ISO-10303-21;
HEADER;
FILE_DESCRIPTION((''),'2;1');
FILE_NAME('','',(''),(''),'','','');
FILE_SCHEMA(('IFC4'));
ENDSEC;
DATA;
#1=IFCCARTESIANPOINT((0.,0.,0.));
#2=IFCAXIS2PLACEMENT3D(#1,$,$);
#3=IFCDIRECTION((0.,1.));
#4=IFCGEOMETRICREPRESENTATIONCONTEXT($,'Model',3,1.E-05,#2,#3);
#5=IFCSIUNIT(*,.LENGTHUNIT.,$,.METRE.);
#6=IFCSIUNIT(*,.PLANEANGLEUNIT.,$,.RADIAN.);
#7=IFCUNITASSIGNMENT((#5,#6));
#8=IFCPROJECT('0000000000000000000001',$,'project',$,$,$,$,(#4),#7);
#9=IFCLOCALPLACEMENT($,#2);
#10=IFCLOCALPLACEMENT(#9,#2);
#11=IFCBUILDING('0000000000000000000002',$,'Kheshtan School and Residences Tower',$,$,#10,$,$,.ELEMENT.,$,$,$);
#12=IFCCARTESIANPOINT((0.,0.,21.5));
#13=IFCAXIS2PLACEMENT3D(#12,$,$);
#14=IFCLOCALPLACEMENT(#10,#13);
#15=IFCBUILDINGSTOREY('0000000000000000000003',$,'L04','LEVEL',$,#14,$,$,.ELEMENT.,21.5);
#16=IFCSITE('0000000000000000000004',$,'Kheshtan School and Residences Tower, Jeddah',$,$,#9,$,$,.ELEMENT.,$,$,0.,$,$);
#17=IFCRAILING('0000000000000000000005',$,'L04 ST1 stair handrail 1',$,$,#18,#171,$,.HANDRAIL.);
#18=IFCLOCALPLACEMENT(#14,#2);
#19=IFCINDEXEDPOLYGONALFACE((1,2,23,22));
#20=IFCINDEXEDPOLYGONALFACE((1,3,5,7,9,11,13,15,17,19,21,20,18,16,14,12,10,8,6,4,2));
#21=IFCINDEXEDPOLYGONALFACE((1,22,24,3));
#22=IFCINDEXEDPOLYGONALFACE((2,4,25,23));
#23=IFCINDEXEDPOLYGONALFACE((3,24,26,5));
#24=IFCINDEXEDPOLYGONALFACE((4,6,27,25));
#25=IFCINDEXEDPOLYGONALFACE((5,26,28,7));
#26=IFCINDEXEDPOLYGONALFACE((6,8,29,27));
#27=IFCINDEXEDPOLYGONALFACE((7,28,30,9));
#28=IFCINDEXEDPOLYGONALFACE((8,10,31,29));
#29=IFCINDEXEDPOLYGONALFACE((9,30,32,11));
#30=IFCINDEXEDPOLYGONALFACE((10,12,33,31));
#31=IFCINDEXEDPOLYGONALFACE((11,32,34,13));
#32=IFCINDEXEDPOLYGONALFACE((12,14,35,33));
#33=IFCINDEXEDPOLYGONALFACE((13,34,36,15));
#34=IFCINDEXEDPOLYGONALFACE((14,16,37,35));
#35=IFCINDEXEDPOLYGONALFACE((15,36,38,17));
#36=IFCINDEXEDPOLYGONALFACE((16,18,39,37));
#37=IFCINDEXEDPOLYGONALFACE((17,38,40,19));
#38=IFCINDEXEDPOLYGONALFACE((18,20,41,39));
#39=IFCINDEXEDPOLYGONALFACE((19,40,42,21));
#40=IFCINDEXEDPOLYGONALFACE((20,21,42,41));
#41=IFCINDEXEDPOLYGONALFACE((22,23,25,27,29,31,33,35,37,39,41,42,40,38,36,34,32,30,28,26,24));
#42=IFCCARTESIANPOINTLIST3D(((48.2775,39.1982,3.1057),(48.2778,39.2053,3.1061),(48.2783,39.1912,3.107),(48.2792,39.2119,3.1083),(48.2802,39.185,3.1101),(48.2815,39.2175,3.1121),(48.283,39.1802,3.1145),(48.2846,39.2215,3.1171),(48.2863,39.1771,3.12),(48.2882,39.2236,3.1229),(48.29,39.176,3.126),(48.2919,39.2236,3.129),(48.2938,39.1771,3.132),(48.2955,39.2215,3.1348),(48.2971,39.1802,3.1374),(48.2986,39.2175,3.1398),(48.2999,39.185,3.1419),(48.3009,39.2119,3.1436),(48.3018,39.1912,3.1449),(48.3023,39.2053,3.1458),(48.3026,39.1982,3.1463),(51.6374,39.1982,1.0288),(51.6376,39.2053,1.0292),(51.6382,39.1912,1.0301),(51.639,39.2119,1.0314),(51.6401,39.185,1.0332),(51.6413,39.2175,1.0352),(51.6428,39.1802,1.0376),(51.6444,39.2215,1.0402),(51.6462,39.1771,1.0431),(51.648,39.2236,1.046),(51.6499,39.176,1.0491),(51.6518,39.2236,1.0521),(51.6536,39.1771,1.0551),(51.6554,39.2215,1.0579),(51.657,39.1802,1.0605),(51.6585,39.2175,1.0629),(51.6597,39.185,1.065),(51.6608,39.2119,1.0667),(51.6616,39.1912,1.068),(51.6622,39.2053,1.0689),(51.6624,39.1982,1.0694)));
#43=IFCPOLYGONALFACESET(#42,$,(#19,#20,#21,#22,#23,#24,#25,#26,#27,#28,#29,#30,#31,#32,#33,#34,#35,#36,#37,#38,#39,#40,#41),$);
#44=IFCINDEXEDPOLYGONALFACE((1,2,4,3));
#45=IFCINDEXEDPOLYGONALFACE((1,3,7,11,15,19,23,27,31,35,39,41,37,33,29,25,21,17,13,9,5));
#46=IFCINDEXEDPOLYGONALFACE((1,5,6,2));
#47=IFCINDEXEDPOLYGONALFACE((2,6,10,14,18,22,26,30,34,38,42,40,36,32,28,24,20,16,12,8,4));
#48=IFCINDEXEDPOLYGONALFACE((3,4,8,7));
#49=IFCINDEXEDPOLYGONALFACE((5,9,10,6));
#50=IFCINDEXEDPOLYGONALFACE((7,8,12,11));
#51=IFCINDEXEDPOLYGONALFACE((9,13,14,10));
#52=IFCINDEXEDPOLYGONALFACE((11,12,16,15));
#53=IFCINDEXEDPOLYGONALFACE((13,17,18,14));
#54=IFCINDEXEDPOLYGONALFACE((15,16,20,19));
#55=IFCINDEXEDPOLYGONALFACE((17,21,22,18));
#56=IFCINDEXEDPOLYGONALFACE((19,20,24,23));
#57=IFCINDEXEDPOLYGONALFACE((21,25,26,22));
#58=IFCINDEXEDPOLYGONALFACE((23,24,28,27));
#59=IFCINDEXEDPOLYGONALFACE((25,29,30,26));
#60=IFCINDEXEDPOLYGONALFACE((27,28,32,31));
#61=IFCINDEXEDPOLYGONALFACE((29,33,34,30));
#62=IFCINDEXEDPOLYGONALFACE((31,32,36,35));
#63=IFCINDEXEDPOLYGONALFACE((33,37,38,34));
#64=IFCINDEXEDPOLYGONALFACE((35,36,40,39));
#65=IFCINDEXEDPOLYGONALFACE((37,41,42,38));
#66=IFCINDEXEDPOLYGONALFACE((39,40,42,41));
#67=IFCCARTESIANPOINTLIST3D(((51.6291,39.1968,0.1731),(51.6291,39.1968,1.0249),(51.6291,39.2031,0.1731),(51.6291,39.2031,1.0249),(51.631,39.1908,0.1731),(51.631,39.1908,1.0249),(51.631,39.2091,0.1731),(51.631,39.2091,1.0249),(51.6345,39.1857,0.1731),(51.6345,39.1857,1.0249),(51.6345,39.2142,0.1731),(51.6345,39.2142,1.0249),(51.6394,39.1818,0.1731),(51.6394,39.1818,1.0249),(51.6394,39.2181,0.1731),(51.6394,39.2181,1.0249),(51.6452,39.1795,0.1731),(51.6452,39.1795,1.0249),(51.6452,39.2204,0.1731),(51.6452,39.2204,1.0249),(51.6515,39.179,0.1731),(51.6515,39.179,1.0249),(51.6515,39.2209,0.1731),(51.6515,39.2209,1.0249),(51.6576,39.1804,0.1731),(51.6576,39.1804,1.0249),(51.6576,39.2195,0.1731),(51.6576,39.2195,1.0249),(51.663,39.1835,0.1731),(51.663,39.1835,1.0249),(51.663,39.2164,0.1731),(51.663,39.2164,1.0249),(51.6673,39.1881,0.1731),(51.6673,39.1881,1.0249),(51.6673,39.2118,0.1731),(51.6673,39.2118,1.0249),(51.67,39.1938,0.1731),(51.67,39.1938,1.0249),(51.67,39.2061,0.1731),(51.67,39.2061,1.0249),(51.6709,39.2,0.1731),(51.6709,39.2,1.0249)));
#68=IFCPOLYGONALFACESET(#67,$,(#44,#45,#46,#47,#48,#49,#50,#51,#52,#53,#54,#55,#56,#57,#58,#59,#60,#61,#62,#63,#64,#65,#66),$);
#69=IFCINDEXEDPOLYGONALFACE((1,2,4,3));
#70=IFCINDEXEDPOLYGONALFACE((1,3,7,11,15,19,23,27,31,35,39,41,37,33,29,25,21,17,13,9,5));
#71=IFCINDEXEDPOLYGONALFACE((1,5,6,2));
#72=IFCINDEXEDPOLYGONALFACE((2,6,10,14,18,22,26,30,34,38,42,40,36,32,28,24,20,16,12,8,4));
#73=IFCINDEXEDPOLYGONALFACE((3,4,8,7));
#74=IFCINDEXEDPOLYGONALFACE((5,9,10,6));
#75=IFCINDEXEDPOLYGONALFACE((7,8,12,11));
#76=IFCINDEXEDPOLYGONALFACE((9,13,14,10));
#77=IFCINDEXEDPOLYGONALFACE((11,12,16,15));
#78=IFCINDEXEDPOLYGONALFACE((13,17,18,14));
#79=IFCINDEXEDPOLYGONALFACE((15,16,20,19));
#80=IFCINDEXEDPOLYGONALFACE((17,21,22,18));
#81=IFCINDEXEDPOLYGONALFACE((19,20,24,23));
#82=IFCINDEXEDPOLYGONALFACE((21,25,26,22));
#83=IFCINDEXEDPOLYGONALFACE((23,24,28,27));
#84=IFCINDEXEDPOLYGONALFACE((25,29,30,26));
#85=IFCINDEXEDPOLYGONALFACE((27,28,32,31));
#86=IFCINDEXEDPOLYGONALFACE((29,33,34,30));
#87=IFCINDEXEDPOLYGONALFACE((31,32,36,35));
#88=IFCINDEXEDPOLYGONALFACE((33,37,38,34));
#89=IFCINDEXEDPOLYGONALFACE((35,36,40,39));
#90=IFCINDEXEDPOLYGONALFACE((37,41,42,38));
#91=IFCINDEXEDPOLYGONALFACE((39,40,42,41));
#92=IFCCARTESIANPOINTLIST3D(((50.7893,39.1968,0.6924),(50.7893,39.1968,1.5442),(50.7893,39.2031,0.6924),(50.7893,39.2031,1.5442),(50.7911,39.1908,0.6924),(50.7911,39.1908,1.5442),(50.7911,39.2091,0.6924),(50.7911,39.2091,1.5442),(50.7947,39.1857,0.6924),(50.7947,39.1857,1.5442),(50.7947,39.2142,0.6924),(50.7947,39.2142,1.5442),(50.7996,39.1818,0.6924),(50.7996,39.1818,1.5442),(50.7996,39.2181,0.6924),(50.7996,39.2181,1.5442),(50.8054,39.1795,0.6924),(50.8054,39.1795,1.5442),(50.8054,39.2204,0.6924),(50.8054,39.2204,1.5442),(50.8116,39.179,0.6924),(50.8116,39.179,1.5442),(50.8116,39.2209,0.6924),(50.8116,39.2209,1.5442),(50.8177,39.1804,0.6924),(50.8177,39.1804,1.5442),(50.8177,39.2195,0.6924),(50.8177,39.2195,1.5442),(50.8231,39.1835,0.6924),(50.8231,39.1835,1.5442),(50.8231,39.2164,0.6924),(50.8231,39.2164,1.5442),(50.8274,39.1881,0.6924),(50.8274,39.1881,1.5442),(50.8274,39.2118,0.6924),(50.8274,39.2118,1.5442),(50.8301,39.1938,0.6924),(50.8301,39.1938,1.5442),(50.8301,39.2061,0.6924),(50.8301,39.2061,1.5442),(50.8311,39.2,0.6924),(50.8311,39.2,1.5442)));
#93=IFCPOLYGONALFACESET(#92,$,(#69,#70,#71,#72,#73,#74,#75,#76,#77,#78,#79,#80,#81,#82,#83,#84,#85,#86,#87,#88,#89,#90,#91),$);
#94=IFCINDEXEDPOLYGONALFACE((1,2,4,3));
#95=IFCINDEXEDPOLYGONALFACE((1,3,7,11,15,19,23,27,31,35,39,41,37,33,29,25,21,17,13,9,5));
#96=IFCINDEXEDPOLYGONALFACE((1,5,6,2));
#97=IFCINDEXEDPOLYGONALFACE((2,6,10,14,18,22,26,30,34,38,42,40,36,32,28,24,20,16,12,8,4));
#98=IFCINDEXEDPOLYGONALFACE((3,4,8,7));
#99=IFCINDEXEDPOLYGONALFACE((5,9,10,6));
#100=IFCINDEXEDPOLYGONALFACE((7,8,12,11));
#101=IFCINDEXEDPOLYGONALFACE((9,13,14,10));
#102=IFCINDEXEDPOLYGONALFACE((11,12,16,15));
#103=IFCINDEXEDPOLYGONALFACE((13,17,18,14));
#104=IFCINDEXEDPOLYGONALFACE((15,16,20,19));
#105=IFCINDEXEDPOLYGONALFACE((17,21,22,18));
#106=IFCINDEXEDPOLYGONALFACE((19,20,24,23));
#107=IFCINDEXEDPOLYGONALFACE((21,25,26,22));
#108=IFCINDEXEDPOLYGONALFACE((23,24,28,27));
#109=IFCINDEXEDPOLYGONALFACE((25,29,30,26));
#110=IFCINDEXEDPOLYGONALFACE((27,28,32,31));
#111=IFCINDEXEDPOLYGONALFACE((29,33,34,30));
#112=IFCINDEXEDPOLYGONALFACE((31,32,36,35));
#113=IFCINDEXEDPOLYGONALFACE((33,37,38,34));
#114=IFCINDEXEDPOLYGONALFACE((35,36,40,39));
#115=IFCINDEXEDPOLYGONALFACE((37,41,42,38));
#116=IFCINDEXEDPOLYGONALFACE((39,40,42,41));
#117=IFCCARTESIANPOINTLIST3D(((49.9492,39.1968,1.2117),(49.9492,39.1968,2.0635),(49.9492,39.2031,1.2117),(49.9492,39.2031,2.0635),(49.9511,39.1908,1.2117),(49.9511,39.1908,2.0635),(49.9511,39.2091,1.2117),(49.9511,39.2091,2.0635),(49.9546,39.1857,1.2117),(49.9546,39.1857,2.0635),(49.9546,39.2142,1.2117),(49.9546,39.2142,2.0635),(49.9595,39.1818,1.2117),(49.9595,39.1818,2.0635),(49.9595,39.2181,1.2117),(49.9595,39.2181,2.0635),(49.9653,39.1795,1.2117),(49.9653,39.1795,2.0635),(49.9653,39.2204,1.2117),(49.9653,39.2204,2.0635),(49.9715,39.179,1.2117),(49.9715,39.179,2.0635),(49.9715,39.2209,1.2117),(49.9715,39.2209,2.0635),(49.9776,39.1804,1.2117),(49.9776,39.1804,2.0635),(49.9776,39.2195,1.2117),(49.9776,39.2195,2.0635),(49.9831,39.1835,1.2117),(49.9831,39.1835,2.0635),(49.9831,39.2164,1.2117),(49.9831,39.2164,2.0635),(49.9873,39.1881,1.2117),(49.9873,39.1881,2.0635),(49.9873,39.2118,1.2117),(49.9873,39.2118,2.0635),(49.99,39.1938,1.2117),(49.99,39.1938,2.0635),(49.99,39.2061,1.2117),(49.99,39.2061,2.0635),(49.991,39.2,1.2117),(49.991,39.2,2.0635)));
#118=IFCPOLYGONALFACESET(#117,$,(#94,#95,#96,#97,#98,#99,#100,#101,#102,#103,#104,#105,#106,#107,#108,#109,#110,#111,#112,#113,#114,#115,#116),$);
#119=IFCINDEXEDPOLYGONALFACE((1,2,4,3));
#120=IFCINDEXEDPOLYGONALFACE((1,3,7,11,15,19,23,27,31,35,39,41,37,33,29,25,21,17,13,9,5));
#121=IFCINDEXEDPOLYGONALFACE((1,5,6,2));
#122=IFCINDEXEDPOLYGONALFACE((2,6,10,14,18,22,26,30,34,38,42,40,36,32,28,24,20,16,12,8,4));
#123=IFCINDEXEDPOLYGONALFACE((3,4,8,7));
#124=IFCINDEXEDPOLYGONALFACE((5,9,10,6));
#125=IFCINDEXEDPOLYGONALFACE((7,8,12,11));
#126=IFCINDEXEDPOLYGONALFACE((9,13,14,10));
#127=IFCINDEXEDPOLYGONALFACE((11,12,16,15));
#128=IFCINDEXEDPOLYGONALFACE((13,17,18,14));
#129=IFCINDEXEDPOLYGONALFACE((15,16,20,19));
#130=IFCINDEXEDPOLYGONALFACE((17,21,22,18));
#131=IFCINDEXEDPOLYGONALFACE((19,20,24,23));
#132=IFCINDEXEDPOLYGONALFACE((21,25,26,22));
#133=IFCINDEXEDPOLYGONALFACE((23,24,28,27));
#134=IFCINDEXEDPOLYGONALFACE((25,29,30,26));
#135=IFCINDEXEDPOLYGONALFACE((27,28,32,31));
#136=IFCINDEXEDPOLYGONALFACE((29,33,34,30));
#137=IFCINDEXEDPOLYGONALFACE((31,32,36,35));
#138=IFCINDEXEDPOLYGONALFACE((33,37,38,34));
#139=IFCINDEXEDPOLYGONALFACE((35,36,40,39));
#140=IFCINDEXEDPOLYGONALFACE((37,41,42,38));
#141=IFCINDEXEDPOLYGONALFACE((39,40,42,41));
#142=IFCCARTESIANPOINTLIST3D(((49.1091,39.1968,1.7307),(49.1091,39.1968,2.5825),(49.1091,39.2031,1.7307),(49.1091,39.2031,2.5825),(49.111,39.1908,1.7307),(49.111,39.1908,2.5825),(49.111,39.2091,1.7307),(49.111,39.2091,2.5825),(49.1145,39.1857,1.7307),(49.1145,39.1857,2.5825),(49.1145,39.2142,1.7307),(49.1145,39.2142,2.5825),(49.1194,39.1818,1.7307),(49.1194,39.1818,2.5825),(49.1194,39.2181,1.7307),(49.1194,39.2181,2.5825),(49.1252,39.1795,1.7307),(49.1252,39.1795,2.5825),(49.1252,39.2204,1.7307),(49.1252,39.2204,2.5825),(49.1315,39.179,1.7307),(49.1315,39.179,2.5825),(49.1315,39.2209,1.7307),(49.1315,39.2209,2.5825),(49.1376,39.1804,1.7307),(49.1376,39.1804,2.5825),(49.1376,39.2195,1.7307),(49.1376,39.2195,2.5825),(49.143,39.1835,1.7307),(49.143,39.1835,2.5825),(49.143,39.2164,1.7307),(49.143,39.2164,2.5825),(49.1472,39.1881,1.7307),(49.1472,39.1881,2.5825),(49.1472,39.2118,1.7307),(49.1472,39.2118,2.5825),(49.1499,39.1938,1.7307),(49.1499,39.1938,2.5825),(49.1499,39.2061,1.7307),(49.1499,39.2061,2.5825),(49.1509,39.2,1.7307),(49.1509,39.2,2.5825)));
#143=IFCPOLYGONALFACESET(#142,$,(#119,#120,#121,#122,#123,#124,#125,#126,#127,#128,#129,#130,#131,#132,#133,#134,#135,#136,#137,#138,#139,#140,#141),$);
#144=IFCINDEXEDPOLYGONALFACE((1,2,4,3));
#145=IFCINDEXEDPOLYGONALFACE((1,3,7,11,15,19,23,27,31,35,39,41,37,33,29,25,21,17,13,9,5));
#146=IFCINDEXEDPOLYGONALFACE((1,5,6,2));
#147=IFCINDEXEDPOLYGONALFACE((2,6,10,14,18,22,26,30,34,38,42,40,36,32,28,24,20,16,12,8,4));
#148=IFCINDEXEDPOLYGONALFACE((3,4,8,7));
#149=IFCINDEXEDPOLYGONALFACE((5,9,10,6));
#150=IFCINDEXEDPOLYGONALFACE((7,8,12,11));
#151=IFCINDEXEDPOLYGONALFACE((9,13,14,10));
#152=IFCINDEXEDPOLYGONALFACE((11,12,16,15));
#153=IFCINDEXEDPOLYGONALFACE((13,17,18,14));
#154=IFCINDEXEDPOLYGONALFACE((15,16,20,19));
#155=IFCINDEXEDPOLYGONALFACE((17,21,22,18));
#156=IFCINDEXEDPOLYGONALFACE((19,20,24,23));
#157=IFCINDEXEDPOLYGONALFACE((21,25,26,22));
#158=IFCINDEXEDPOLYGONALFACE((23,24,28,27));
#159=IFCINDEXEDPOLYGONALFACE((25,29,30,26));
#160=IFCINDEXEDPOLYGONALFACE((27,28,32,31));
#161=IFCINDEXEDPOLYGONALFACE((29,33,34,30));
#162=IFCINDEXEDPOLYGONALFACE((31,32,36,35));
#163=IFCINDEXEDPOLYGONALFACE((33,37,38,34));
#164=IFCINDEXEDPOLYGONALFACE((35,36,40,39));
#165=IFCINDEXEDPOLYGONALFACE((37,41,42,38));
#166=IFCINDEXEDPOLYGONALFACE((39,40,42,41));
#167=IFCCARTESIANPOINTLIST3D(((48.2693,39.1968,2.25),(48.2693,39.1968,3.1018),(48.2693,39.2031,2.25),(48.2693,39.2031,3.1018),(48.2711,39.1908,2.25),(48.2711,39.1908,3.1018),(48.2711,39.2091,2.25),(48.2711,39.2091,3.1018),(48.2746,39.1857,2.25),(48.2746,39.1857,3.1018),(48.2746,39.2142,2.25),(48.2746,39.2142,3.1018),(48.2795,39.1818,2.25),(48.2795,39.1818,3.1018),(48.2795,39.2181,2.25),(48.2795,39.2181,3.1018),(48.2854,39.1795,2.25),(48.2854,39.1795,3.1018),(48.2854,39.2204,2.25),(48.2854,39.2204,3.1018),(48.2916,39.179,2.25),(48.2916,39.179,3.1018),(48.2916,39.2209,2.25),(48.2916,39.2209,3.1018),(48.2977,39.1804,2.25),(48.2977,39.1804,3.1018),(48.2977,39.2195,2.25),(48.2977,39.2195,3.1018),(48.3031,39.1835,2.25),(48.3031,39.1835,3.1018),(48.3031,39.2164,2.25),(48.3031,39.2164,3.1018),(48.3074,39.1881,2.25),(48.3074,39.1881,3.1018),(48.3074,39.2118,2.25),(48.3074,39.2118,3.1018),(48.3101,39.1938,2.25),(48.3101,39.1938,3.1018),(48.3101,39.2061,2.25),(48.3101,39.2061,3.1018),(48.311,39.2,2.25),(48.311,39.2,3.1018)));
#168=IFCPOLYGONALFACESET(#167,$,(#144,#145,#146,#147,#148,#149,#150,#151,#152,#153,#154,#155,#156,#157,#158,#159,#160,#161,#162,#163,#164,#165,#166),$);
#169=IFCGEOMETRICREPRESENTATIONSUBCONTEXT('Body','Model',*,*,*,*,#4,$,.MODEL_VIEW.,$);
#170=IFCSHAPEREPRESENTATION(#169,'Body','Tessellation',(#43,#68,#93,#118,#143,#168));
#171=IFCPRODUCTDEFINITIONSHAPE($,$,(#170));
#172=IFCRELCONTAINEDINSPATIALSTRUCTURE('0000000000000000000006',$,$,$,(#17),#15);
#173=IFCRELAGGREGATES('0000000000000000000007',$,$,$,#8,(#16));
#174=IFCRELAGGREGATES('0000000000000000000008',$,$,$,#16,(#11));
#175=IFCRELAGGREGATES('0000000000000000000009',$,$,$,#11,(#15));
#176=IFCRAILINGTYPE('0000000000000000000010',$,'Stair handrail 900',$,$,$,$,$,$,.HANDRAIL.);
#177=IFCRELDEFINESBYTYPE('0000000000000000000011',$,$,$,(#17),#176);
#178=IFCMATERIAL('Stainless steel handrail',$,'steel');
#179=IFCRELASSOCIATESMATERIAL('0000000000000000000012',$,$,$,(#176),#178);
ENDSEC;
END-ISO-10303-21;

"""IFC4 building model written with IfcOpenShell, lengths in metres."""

from ifc_helpers import new_model, si_unit, direction, frame, origin, origin_2d, place, context, subcontext, project, spatial, circle, extrude, material, type_object, element, save


model = new_model("IFC4")

# Units and contexts
model_context = context("Model", 3, precision=1e-05, world=origin(), true_north=direction((0.0, 1.0)))
body_context = subcontext(model_context, "Body", "Model", "MODEL_VIEW")
ifc_project = project(units=[si_unit("LENGTHUNIT", "METRE"), si_unit("PLANEANGLEUNIT", "RADIAN")], contexts=[model_context])

# Site, building, storey
site_placement = place(None, origin())
site = spatial("IfcSite", under=ifc_project, at=site_placement, Name="Kheshtan School and Residences Tower, Jeddah", CompositionType="ELEMENT", RefElevation=0.0)
building_placement = place(site_placement, origin())
building = spatial("IfcBuilding", under=site, at=building_placement, Name="Kheshtan School and Residences Tower", CompositionType="ELEMENT")
storey_placement = place(building_placement, frame((0.0, 0.0, 21.5)))
storey = spatial("IfcBuildingStorey", under=building, at=storey_placement, Name="L04", Description="LEVEL", CompositionType="ELEMENT", Elevation=21.5)

# Railing
ifc_material_1 = material(Name="Stainless steel handrail", Category="steel")
railing_type_1 = type_object("IfcRailingType", Name="Stair handrail 900", PredefinedType="HANDRAIL", material=ifc_material_1)
railing_1_placement = place(storey_placement, frame((51.6499, 39.2, 0.1731)))
element("IfcRailing", 1, at=railing_1_placement, inside=storey, type_object=railing_type_1, Name="L04 ST1 stair handrail 1", PredefinedType="HANDRAIL", context=body_context, shape_type="SweptSolid", body=[
    extrude(circle(Radius=0.0239, at=origin_2d()), frame((0.0, 0.0, 0.876), z_axis=(-0.850606, 0.0, 0.525803), x_axis=(0.0, -1.0, 0.0)), (0.0, 0.0, 1.0), 3.95),
    extrude(circle(Radius=0.021, at=origin_2d()), origin(), (0.0, 0.0, 1.0), 0.8518),
    extrude(circle(Radius=0.021, at=origin_2d()), frame((-0.8398, 0.0, 0.5193)), (0.0, 0.0, 1.0), 0.8518),
    extrude(circle(Radius=0.021, at=origin_2d()), frame((-1.6799, 0.0, 1.0386)), (0.0, 0.0, 1.0), 0.8518),
    extrude(circle(Radius=0.021, at=origin_2d()), frame((-2.52, 0.0, 1.5576)), (0.0, 0.0, 1.0), 0.8518),
    extrude(circle(Radius=0.021, at=origin_2d()), frame((-3.3599, 0.0, 2.0769)), (0.0, 0.0, 1.0), 0.8518),
])

save(model, "model.ifc")
